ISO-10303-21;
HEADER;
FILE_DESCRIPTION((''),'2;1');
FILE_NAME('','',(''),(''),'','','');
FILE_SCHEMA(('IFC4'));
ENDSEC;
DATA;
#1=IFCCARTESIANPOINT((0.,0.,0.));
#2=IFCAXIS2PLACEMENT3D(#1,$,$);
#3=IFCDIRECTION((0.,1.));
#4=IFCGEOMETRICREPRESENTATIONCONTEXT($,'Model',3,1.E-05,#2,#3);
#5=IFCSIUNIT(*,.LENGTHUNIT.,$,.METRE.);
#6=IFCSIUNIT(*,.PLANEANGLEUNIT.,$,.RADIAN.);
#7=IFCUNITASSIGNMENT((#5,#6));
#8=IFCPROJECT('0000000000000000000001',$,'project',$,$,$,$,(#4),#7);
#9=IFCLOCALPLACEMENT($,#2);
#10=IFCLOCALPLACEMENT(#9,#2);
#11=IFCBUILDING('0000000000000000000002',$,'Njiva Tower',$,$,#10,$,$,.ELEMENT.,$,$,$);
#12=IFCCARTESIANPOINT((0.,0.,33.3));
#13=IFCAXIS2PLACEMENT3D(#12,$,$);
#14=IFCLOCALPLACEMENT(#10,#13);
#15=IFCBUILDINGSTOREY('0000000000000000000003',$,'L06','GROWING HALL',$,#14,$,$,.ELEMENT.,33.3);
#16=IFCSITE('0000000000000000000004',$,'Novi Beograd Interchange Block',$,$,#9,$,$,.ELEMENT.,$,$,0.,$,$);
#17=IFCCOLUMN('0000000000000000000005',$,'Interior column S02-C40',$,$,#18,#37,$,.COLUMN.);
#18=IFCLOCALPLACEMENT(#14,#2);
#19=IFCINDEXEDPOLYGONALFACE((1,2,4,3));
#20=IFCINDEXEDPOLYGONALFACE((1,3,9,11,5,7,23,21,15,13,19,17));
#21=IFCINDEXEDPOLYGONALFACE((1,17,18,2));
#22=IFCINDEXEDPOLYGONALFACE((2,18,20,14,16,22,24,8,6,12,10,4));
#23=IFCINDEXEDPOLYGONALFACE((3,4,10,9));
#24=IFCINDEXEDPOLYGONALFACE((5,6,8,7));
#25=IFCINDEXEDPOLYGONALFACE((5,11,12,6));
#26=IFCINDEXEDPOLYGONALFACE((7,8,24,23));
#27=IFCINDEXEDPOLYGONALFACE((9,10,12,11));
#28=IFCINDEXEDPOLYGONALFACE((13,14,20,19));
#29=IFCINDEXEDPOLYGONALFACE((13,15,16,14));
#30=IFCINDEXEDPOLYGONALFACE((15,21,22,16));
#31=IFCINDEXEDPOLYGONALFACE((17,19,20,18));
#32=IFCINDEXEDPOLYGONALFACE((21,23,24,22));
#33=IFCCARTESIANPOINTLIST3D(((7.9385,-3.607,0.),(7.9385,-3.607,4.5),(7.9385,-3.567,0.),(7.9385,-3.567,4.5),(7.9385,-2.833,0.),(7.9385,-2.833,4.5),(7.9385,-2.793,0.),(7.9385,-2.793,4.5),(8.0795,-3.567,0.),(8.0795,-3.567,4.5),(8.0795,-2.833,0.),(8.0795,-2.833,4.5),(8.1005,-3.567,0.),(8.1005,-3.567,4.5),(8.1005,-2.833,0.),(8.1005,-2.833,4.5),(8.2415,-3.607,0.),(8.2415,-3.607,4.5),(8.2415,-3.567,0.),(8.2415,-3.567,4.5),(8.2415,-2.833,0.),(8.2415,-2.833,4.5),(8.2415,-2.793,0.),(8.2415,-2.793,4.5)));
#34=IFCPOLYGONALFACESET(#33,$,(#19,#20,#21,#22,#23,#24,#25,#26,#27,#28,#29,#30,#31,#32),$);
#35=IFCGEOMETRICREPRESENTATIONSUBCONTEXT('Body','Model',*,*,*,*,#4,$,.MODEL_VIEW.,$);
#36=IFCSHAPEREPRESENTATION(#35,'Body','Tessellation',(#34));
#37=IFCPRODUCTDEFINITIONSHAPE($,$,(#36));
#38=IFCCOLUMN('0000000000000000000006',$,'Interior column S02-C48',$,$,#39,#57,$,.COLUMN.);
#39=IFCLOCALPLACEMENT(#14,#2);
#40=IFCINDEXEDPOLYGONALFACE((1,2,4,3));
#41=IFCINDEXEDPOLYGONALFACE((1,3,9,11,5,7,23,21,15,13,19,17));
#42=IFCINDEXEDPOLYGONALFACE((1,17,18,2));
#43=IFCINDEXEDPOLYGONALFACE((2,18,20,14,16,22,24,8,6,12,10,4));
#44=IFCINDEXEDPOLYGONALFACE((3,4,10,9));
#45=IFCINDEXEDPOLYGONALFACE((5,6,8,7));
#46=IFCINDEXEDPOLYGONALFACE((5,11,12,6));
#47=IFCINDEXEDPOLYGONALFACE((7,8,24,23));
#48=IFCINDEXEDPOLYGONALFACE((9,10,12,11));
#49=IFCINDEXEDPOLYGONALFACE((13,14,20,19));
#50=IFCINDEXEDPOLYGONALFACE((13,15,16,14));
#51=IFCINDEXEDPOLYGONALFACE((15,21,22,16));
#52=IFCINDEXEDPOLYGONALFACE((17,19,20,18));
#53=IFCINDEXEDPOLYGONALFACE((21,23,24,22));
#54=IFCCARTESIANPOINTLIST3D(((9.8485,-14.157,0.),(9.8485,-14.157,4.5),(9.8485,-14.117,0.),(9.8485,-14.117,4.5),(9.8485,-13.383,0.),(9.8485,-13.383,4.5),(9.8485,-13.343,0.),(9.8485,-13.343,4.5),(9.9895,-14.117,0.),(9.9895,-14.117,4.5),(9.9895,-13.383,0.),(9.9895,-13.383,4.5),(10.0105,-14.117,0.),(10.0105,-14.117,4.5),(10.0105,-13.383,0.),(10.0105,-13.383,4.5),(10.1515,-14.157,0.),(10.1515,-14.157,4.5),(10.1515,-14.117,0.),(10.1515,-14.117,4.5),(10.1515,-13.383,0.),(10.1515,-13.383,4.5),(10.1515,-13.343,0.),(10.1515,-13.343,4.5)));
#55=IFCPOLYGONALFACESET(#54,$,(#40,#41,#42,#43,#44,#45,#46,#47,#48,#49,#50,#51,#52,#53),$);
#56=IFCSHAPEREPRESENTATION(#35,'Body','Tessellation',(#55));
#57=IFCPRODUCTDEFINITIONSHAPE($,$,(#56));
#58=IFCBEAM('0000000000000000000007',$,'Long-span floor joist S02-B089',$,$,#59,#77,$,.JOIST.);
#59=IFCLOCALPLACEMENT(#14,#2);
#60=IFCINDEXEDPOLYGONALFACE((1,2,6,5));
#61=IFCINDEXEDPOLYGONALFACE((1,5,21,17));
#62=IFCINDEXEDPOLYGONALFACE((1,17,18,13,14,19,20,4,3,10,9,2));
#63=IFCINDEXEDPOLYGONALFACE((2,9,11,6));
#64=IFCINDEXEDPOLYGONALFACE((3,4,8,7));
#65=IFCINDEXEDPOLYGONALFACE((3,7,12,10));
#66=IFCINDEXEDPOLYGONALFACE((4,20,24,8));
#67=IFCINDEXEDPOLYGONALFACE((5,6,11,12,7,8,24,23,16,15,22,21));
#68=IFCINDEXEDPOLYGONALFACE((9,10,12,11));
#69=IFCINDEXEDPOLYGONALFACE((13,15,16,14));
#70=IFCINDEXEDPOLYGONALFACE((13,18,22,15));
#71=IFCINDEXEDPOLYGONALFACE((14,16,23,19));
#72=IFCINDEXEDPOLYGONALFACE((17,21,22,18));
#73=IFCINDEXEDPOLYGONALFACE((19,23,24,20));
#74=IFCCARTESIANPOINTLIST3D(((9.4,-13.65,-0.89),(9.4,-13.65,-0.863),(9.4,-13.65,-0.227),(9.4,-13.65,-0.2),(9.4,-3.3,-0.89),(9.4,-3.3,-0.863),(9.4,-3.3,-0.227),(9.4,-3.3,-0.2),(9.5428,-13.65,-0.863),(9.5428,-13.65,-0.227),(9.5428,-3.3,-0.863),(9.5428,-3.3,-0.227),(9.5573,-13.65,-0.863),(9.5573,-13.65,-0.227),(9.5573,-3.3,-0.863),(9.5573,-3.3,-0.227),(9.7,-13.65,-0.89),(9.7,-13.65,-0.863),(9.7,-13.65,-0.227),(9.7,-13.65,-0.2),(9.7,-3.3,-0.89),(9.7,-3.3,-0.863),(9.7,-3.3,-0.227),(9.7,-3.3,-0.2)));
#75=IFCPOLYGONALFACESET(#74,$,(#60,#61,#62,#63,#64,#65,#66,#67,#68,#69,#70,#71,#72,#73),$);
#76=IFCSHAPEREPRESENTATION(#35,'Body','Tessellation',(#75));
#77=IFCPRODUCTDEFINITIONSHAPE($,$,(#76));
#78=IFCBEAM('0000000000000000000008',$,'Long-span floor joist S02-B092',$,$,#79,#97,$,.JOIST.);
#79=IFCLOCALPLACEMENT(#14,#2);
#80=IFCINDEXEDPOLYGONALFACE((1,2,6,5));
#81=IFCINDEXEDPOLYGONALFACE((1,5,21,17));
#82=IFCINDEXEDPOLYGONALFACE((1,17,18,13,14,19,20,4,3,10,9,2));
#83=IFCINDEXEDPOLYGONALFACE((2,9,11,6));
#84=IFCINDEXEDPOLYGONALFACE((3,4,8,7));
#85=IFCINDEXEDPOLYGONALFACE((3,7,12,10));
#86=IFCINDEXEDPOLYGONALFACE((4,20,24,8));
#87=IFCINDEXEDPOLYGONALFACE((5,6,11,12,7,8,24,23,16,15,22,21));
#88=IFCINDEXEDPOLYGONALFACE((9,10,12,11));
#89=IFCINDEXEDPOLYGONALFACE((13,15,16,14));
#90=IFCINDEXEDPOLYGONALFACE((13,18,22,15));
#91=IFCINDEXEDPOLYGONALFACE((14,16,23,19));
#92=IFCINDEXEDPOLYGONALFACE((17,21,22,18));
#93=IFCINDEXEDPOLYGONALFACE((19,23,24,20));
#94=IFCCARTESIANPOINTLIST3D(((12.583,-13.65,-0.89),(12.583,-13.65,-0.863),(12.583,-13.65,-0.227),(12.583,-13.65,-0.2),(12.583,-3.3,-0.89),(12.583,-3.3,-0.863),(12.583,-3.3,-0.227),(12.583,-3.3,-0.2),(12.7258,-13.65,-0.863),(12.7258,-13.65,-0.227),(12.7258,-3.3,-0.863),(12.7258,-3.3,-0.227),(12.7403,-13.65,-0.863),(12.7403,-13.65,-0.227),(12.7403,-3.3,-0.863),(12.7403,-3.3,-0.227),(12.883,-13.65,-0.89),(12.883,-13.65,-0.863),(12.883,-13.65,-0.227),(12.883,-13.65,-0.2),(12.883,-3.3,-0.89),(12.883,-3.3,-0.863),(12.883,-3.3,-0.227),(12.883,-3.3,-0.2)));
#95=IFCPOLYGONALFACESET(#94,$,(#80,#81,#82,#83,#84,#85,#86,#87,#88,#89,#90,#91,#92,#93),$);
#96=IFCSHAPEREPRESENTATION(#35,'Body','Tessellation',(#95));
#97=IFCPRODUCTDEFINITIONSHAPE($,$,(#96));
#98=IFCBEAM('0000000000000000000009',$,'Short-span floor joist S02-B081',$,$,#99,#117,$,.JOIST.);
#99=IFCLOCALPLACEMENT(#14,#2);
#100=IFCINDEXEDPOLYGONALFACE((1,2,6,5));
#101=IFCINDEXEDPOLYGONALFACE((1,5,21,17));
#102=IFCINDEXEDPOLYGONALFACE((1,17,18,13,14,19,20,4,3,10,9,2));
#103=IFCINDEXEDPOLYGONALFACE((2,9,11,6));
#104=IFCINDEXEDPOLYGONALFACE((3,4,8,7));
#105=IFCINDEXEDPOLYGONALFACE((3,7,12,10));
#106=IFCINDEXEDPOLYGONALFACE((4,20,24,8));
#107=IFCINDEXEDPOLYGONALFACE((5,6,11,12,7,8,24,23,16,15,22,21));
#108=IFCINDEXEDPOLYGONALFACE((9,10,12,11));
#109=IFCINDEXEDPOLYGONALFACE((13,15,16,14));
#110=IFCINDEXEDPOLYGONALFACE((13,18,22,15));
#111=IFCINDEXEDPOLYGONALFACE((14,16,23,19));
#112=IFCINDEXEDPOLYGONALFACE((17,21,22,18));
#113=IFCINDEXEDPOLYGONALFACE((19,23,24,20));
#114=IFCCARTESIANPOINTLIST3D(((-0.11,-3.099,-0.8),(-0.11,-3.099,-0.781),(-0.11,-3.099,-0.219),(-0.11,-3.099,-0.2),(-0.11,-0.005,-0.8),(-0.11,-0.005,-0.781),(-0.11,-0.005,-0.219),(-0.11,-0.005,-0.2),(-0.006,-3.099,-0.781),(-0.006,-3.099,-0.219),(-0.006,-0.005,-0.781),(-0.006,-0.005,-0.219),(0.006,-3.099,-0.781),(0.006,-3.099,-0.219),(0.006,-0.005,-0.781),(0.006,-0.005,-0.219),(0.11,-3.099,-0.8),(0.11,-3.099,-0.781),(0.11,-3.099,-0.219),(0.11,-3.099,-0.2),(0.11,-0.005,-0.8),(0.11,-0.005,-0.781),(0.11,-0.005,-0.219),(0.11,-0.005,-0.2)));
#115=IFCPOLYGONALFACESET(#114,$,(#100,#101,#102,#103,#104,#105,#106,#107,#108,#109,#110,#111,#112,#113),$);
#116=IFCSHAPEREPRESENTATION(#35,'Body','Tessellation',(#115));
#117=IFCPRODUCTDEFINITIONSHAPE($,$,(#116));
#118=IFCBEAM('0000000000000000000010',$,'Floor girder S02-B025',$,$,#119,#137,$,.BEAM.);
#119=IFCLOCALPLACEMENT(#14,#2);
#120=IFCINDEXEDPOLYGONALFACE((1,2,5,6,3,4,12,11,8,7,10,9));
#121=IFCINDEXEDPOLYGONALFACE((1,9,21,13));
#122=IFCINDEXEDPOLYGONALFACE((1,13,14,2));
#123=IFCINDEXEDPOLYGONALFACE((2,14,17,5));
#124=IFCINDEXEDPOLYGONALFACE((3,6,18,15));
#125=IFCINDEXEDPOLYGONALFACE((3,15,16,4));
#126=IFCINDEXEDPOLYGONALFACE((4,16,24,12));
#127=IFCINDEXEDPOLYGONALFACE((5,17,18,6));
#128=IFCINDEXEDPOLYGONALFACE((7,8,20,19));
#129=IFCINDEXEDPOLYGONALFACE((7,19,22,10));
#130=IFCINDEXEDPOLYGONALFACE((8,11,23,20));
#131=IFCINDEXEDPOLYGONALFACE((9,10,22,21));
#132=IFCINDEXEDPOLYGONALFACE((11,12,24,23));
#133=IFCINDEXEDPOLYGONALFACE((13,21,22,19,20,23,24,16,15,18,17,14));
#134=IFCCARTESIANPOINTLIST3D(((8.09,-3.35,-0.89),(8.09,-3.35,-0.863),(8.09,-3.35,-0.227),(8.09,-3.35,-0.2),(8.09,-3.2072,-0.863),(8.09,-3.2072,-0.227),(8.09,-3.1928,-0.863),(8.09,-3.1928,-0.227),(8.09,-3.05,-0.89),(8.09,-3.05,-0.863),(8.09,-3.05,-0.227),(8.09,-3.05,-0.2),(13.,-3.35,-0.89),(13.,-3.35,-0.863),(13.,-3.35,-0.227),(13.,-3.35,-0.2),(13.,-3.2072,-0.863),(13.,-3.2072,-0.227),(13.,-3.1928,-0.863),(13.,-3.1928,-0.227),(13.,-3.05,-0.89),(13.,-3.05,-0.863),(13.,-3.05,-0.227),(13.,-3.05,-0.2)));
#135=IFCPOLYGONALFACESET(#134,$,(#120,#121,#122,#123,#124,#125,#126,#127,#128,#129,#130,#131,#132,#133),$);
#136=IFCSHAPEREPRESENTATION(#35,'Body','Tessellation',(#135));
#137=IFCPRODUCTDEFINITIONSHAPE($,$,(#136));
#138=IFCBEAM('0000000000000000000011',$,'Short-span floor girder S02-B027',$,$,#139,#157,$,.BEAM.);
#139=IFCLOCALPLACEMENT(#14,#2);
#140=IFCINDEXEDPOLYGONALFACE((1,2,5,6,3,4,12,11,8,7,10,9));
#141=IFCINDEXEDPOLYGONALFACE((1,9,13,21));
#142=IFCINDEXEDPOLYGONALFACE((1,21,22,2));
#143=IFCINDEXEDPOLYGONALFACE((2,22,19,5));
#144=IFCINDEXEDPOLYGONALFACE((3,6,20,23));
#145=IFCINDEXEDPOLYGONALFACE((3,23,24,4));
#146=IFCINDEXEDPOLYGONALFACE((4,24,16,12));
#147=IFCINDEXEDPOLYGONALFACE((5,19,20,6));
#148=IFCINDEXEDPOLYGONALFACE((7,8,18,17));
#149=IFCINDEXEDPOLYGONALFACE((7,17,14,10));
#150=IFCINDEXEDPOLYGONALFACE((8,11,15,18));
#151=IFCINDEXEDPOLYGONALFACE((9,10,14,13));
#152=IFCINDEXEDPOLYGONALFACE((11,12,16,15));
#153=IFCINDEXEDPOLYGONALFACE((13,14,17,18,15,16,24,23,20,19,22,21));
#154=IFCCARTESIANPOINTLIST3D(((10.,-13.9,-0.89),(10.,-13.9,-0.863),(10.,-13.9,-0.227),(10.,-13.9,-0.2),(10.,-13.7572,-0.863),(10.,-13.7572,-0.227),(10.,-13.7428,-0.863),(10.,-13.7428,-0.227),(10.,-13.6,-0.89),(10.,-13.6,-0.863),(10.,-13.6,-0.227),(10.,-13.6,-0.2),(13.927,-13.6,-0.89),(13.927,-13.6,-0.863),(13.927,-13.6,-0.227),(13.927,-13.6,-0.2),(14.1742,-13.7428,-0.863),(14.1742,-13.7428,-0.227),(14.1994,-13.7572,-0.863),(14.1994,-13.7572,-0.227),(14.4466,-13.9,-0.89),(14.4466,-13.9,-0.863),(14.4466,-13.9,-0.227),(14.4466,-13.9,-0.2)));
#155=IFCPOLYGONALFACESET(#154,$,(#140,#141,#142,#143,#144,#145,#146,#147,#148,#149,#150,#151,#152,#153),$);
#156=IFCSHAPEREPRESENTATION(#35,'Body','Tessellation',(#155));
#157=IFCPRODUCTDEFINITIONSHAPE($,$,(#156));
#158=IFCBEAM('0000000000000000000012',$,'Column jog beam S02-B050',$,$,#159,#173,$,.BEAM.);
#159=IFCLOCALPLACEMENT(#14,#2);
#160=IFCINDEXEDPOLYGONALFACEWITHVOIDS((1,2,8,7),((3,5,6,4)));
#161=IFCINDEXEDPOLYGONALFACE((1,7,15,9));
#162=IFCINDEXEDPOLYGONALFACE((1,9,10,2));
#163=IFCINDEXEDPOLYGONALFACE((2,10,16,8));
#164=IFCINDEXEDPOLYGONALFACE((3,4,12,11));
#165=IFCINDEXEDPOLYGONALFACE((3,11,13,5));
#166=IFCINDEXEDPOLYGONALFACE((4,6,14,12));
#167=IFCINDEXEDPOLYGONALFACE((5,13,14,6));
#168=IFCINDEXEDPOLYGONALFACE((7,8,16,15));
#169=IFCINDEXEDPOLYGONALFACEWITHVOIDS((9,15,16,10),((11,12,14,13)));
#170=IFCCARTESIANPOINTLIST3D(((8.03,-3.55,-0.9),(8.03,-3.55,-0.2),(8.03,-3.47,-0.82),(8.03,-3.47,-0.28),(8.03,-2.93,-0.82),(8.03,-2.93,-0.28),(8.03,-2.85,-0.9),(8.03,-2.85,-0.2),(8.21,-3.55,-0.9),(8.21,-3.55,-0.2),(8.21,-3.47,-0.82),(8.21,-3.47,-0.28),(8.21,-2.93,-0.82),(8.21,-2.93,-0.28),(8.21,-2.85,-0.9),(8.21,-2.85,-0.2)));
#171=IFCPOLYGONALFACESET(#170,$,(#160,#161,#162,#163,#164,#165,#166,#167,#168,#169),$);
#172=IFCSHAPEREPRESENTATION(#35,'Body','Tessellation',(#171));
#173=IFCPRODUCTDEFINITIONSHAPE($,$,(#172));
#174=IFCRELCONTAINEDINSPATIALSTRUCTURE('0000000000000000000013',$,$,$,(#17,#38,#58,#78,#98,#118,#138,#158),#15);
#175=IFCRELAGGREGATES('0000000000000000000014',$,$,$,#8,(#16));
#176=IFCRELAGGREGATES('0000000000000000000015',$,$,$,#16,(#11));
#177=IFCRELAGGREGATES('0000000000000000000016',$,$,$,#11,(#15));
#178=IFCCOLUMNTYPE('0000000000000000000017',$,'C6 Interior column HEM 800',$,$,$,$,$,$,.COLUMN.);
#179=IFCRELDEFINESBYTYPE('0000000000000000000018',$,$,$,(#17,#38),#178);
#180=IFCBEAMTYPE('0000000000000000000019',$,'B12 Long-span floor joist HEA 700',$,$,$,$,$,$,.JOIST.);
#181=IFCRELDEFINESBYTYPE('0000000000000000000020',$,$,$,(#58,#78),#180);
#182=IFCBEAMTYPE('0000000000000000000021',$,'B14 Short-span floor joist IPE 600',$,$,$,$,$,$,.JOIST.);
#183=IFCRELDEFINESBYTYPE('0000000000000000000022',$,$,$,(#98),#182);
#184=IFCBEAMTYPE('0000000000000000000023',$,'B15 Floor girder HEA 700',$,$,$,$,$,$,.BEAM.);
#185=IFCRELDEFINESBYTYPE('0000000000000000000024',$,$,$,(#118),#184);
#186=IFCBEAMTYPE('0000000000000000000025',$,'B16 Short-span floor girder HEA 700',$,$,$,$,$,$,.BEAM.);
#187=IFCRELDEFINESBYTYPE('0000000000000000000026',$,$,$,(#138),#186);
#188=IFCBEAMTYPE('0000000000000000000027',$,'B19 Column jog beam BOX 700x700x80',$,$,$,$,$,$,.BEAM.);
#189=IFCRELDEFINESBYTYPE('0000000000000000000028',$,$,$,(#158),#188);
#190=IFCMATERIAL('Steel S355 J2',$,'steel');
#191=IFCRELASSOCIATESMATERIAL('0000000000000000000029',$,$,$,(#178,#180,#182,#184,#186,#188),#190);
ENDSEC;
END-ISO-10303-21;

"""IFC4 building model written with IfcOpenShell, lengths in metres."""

from ifc_helpers import new_model, si_unit, direction, frame, origin, origin_2d, place, context, subcontext, project, spatial, hollow_rectangle, i_section, extrude, clip, halfspace, material, material_profile, profile_set, type_object, element, save


model = new_model("IFC4")

# Units and contexts
model_context = context("Model", 3, precision=1e-05, world=origin(), true_north=direction((0.0, 1.0)))
body_context = subcontext(model_context, "Body", "Model", "MODEL_VIEW")
ifc_project = project(units=[si_unit("LENGTHUNIT", "METRE"), si_unit("PLANEANGLEUNIT", "RADIAN")], contexts=[model_context])

# Site, building, storey
site_placement = place(None, origin())
site = spatial("IfcSite", under=ifc_project, at=site_placement, Name="Novi Beograd Interchange Block", CompositionType="ELEMENT", RefElevation=0.0)
building_placement = place(site_placement, origin())
building = spatial("IfcBuilding", under=site, at=building_placement, Name="Njiva Tower", CompositionType="ELEMENT")
storey_placement = place(building_placement, frame((0.0, 0.0, 33.3)))
storey = spatial("IfcBuildingStorey", under=building, at=storey_placement, Name="L06", Description="GROWING HALL", CompositionType="ELEMENT", Elevation=33.3)

# Columns
ifc_material_1 = material(Name="Steel S355 J2", Category="steel")
ifc_material_profile_1 = material_profile(ifc_material_1, i_section(OverallWidth=0.303, OverallDepth=0.814, WebThickness=0.021, FlangeThickness=0.04, at=origin_2d()), Name="HEM 800")
ifc_profile_set_1 = profile_set([ifc_material_profile_1], Name="Steel S355 J2")
column_type = type_object("IfcColumnType", Name="C6 Interior column HEM 800", PredefinedType="COLUMN", material=ifc_profile_set_1)
for number, where, z_axis, x_axis, name in (
    (1, (8.09, -3.2, 0.0), (0.0, 0.0, 1.0), (1.0, 0.0, 0.0), "Interior column S02-C40"),
    (2, (10.0, -13.75, 0.0), (0.0, 0.0, 1.0), (1.0, 0.0, 0.0), "Interior column S02-C48"),
):
    element("IfcColumn", number, at=place(storey_placement, frame(where, z_axis=z_axis, x_axis=x_axis)), inside=storey, type_object=column_type, Name=name, PredefinedType="COLUMN", context=body_context, shape_type="SweptSolid", body=[
        extrude(i_section(OverallWidth=0.303, OverallDepth=0.814, WebThickness=0.021, FlangeThickness=0.04, at=origin_2d()), origin(), (0.0, 0.0, 1.0), 4.5),
    ])

# Beams
ifc_material_profile_2 = material_profile(ifc_material_1, i_section(OverallWidth=0.3, OverallDepth=0.69, WebThickness=0.0145, FlangeThickness=0.027, at=origin_2d()), Name="HEA 700")
ifc_profile_set_2 = profile_set([ifc_material_profile_2], Name="Steel S355 J2")
beam_type_1 = type_object("IfcBeamType", Name="B12 Long-span floor joist HEA 700", PredefinedType="JOIST", material=ifc_profile_set_2)
for number, where, z_axis, x_axis, name in (
    (3, (9.55, -3.3, -0.545), (0.0, -1.0, 0.0), (1.0, 0.0, 0.0), "Long-span floor joist S02-B089"),
    (4, (12.733, -3.3, -0.545), (0.0, -1.0, 0.0), (1.0, 0.0, 0.0), "Long-span floor joist S02-B092"),
):
    element("IfcBeam", number, at=place(storey_placement, frame(where, z_axis=z_axis, x_axis=x_axis)), inside=storey, type_object=beam_type_1, Name=name, PredefinedType="JOIST", context=body_context, shape_type="SweptSolid", body=[
        extrude(i_section(OverallWidth=0.3, OverallDepth=0.69, WebThickness=0.0145, FlangeThickness=0.027, at=origin_2d()), origin(), (0.0, 0.0, 1.0), 10.35),
    ])
ifc_material_profile_3 = material_profile(ifc_material_1, i_section(OverallWidth=0.22, OverallDepth=0.6, WebThickness=0.012, FlangeThickness=0.019, at=origin_2d()), Name="IPE 600")
ifc_profile_set_3 = profile_set([ifc_material_profile_3], Name="Steel S355 J2")
beam_type_2 = type_object("IfcBeamType", Name="B14 Short-span floor joist IPE 600", PredefinedType="JOIST", material=ifc_profile_set_3)
beam_1_placement = place(storey_placement, frame((0.0, -0.005, -0.5), z_axis=(0.0, -1.0, 0.0), x_axis=(1.0, 0.0, 0.0)))
element("IfcBeam", 5, at=beam_1_placement, inside=storey, type_object=beam_type_2, Name="Short-span floor joist S02-B081", PredefinedType="JOIST", context=body_context, shape_type="SweptSolid", body=[
    extrude(i_section(OverallWidth=0.22, OverallDepth=0.6, WebThickness=0.012, FlangeThickness=0.019, at=origin_2d()), origin(), (0.0, 0.0, 1.0), 3.094),
])
ifc_material_profile_4 = material_profile(ifc_material_1, i_section(OverallWidth=0.3, OverallDepth=0.69, WebThickness=0.0145, FlangeThickness=0.027, at=origin_2d()), Name="HEA 700")
ifc_profile_set_4 = profile_set([ifc_material_profile_4], Name="Steel S355 J2")
beam_type_3 = type_object("IfcBeamType", Name="B15 Floor girder HEA 700", PredefinedType="BEAM", material=ifc_profile_set_4)
beam_2_placement = place(storey_placement, frame((8.09, -3.2, -0.545), z_axis=(1.0, 0.0, 0.0), x_axis=(0.0, 1.0, 0.0)))
element("IfcBeam", 6, at=beam_2_placement, inside=storey, type_object=beam_type_3, Name="Floor girder S02-B025", PredefinedType="BEAM", context=body_context, shape_type="SweptSolid", body=[
    extrude(i_section(OverallWidth=0.3, OverallDepth=0.69, WebThickness=0.0145, FlangeThickness=0.027, at=origin_2d()), origin(), (0.0, 0.0, 1.0), 4.91),
])
ifc_material_profile_5 = material_profile(ifc_material_1, i_section(OverallWidth=0.3, OverallDepth=0.69, WebThickness=0.0145, FlangeThickness=0.027, at=origin_2d()), Name="HEA 700")
ifc_profile_set_5 = profile_set([ifc_material_profile_5], Name="Steel S355 J2")
beam_type_4 = type_object("IfcBeamType", Name="B16 Short-span floor girder HEA 700", PredefinedType="BEAM", material=ifc_profile_set_5)
beam_3_placement = place(storey_placement, frame((10.0, -13.75, -0.545), z_axis=(1.0, 0.0, 0.0), x_axis=(0.0, 1.0, 0.0)))
element("IfcBeam", 7, at=beam_3_placement, inside=storey, type_object=beam_type_4, Name="Short-span floor girder S02-B027", PredefinedType="BEAM", context=body_context, shape_type="Clipping", body=[
    clip(extrude(i_section(OverallWidth=0.3, OverallDepth=0.69, WebThickness=0.0145, FlangeThickness=0.027, at=origin_2d()), origin(), (0.0, 0.0, 1.0), 4.467), halfspace(frame((0.0433, 0.0, 4.1118), z_axis=(0.866027, 0.0, 0.499998), x_axis=(0.0, 1.0, 0.0)), False)),
])
ifc_material_profile_6 = material_profile(ifc_material_1, hollow_rectangle(XDim=0.7, YDim=0.7, WallThickness=0.08, at=origin_2d()), Name="BOX 700x700x80")
ifc_profile_set_6 = profile_set([ifc_material_profile_6], Name="Steel S355 J2")
beam_type_5 = type_object("IfcBeamType", Name="B19 Column jog beam BOX 700x700x80", PredefinedType="BEAM", material=ifc_profile_set_6)
beam_4_placement = place(storey_placement, frame((8.21, -3.2, -0.55), z_axis=(-1.0, 0.0, 0.0), x_axis=(0.0, -1.0, 0.0)))
element("IfcBeam", 8, at=beam_4_placement, inside=storey, type_object=beam_type_5, Name="Column jog beam S02-B050", PredefinedType="BEAM", context=body_context, shape_type="SweptSolid", body=[
    extrude(hollow_rectangle(XDim=0.7, YDim=0.7, WallThickness=0.08, at=origin_2d()), origin(), (0.0, 0.0, 1.0), 0.18),
])

save(model, "model.ifc")
